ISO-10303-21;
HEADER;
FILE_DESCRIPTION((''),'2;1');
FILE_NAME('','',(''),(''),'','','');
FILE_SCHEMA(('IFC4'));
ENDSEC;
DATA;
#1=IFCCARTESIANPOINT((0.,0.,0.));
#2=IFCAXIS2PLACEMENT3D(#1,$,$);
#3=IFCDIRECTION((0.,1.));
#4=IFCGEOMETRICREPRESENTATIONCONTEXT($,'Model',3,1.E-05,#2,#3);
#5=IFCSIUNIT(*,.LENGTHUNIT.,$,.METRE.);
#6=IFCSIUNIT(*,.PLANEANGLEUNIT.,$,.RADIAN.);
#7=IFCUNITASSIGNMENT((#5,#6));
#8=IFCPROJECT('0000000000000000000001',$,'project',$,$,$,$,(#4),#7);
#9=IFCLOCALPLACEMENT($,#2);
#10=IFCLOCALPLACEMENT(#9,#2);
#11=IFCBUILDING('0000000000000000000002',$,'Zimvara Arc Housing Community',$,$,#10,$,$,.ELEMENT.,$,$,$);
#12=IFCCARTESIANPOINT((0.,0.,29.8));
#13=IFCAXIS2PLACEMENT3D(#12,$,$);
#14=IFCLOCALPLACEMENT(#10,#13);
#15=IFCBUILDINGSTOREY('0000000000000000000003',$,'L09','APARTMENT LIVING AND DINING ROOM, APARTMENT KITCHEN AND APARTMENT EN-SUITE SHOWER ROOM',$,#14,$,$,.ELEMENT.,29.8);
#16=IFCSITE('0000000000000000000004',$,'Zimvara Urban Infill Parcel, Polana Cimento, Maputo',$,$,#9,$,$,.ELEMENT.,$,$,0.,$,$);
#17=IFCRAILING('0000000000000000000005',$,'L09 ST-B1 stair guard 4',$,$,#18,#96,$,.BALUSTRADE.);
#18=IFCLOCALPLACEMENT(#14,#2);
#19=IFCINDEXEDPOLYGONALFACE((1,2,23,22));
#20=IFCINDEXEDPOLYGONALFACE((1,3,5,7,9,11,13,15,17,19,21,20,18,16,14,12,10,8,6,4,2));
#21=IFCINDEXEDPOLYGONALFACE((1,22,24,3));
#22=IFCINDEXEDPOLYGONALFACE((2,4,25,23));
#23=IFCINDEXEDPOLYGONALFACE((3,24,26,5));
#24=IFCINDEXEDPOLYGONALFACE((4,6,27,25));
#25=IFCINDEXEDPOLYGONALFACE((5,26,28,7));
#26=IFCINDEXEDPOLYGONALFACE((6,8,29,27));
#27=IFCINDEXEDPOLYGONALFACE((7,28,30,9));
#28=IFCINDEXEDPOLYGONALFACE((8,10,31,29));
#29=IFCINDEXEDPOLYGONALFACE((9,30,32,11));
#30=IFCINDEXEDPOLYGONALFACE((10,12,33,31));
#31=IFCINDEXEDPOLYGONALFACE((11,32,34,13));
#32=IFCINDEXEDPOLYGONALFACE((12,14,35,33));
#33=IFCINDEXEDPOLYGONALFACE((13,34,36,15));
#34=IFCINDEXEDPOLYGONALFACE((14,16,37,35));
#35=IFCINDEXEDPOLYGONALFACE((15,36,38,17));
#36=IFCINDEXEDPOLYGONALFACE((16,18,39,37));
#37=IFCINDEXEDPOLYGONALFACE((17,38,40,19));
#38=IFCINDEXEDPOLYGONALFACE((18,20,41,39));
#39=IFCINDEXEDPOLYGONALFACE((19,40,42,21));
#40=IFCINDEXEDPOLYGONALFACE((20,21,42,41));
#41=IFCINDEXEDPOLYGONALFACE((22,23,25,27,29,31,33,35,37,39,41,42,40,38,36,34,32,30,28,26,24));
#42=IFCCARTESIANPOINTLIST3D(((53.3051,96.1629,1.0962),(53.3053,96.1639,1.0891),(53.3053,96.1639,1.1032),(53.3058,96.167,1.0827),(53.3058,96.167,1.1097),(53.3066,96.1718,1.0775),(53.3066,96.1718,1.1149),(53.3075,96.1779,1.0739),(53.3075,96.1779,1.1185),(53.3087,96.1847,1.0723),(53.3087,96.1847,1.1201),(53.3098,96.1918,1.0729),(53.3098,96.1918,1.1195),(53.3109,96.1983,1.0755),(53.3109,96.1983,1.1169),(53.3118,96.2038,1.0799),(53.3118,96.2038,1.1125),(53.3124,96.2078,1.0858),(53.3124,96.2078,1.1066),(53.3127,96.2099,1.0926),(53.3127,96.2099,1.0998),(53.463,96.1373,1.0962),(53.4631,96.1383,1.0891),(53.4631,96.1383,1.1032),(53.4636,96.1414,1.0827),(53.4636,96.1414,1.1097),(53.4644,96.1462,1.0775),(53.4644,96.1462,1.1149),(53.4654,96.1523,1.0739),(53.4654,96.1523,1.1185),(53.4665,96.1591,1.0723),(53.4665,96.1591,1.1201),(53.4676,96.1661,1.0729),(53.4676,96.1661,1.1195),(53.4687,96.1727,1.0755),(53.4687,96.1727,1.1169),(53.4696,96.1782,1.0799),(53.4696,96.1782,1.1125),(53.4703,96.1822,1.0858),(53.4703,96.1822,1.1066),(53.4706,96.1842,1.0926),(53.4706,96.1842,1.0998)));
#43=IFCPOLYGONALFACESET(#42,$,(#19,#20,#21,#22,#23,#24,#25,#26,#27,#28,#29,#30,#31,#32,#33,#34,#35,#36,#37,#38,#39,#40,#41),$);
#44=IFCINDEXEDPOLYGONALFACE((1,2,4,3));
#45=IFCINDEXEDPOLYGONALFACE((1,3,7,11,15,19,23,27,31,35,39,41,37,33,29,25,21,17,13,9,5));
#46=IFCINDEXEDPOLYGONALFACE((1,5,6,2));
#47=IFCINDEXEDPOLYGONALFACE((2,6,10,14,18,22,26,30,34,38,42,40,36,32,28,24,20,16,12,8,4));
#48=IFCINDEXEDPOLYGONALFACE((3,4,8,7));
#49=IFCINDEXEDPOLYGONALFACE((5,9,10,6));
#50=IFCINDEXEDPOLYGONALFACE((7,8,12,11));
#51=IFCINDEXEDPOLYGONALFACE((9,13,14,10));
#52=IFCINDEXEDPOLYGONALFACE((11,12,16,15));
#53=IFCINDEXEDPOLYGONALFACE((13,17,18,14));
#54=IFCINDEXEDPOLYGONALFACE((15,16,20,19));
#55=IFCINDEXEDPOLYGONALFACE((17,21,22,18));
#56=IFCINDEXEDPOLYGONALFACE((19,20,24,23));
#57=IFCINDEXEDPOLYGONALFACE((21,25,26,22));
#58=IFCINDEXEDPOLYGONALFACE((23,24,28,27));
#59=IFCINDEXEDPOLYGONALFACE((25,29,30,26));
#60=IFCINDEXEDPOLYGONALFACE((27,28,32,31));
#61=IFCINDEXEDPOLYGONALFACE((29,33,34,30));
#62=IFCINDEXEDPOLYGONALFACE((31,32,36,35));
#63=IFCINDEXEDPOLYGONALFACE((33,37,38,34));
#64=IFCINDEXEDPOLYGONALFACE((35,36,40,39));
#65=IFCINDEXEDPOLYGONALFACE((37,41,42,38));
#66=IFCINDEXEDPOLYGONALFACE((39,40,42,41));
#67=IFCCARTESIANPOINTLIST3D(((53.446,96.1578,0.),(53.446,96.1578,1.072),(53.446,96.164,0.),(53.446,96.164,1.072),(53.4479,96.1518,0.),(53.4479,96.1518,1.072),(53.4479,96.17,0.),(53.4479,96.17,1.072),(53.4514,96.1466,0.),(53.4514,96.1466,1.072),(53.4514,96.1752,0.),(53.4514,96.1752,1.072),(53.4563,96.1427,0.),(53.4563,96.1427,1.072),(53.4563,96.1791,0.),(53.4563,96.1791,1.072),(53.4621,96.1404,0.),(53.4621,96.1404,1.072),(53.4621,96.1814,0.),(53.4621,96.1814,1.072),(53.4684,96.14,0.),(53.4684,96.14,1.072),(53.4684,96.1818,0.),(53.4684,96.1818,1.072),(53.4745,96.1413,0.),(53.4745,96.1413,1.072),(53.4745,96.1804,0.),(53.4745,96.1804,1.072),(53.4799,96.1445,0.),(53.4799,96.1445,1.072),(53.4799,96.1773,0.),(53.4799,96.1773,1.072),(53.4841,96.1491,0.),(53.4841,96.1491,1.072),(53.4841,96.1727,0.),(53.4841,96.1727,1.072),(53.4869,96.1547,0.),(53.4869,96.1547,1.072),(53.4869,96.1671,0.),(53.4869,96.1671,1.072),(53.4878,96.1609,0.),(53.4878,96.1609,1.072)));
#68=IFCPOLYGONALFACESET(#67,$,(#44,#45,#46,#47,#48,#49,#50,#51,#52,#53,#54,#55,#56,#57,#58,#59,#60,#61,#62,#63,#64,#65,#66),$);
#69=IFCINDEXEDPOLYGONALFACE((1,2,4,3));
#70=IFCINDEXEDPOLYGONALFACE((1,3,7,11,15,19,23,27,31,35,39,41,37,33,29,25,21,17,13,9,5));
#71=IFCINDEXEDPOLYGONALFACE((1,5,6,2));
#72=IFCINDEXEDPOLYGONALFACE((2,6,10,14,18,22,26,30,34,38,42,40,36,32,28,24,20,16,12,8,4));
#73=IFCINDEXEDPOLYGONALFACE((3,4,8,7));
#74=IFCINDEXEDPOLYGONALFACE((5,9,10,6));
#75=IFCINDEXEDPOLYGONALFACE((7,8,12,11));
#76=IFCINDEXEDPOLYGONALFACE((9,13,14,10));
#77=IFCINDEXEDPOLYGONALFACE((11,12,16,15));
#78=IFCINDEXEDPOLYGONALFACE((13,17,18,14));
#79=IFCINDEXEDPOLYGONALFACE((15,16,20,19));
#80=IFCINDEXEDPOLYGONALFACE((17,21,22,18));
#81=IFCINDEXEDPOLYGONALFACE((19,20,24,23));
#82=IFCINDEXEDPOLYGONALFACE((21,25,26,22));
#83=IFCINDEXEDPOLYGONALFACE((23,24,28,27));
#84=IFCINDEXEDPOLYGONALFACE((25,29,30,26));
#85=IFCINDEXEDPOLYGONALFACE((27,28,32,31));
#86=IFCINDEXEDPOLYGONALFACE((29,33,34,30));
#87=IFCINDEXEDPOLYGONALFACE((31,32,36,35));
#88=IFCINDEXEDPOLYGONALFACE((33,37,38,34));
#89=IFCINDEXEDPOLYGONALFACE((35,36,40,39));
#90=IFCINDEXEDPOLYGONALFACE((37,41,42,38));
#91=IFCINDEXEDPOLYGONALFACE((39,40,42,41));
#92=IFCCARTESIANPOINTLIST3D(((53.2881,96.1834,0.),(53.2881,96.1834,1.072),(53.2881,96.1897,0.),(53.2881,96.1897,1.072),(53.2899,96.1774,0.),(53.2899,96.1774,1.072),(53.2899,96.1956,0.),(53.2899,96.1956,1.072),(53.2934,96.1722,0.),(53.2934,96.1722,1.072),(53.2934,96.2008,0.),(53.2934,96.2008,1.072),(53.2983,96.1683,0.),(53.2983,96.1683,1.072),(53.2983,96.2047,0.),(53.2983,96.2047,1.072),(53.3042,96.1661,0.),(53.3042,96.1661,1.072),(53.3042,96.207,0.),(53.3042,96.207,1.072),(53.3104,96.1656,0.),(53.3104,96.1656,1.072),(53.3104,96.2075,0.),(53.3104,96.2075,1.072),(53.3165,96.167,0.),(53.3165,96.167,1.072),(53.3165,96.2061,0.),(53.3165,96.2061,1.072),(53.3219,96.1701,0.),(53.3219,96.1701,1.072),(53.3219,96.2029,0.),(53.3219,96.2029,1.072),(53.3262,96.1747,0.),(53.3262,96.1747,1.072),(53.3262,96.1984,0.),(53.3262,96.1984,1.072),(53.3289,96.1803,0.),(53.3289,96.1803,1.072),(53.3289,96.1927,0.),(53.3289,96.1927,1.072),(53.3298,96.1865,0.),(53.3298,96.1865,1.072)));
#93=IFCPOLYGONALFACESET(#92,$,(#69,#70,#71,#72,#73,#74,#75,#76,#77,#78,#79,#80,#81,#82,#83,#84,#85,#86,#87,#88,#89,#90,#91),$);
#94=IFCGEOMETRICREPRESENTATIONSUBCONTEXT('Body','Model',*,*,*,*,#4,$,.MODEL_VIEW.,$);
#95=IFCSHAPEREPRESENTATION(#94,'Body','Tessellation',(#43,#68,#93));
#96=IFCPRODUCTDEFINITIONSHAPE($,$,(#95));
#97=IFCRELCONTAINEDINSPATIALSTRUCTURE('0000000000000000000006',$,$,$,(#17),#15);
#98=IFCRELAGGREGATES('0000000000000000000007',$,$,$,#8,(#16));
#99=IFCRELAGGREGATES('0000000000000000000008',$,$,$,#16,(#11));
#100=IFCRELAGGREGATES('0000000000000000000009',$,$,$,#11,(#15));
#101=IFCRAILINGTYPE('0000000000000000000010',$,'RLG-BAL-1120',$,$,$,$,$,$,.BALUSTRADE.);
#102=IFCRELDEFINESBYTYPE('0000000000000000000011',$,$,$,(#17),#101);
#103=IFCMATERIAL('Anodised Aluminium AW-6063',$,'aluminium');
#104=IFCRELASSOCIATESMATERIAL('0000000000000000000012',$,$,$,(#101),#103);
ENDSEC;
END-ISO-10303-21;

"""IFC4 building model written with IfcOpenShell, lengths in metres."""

from ifc_helpers import new_model, si_unit, direction, frame, origin, origin_2d, place, context, subcontext, project, spatial, circle, extrude, material, type_object, element, save


model = new_model("IFC4")

# Units and contexts
model_context = context("Model", 3, precision=1e-05, world=origin(), true_north=direction((0.0, 1.0)))
body_context = subcontext(model_context, "Body", "Model", "MODEL_VIEW")
ifc_project = project(units=[si_unit("LENGTHUNIT", "METRE"), si_unit("PLANEANGLEUNIT", "RADIAN")], contexts=[model_context])

# Site, building, storey
site_placement = place(None, origin())
site = spatial("IfcSite", under=ifc_project, at=site_placement, Name="Zimvara Urban Infill Parcel, Polana Cimento, Maputo", CompositionType="ELEMENT", RefElevation=0.0)
building_placement = place(site_placement, origin())
building = spatial("IfcBuilding", under=site, at=building_placement, Name="Zimvara Arc Housing Community", CompositionType="ELEMENT")
storey_placement = place(building_placement, frame((0.0, 0.0, 29.8)))
storey = spatial("IfcBuildingStorey", under=building, at=storey_placement, Name="L09", Description="APARTMENT LIVING AND DINING ROOM, APARTMENT KITCHEN AND APARTMENT EN-SUITE SHOWER ROOM", CompositionType="ELEMENT", Elevation=29.8)

# Railing
ifc_material_1 = material(Name="Anodised Aluminium AW-6063", Category="aluminium")
railing_type_1 = type_object("IfcRailingType", Name="RLG-BAL-1120", PredefinedType="BALUSTRADE", material=ifc_material_1)
railing_1_placement = place(storey_placement, frame((53.4668, 96.1609, 0.0)))
element("IfcRailing", 1, at=railing_1_placement, inside=storey, type_object=railing_type_1, Name="L09 ST-B1 stair guard 4", PredefinedType="BALUSTRADE", context=body_context, shape_type="SweptSolid", body=[
    extrude(circle(Radius=0.0239, at=origin_2d()), frame((0.0, 0.0, 1.0962), z_axis=(-0.987086, 0.160192, 0.0), x_axis=(-0.160192, -0.987086, 0.0)), (0.0, 0.0, 1.0), 0.1599),
    extrude(circle(Radius=0.021, at=origin_2d()), origin(), (0.0, 0.0, 1.0), 1.072),
    extrude(circle(Radius=0.021, at=origin_2d()), frame((-0.158, 0.0256, 0.0)), (0.0, 0.0, 1.0), 1.072),
])

save(model, "model.ifc")
